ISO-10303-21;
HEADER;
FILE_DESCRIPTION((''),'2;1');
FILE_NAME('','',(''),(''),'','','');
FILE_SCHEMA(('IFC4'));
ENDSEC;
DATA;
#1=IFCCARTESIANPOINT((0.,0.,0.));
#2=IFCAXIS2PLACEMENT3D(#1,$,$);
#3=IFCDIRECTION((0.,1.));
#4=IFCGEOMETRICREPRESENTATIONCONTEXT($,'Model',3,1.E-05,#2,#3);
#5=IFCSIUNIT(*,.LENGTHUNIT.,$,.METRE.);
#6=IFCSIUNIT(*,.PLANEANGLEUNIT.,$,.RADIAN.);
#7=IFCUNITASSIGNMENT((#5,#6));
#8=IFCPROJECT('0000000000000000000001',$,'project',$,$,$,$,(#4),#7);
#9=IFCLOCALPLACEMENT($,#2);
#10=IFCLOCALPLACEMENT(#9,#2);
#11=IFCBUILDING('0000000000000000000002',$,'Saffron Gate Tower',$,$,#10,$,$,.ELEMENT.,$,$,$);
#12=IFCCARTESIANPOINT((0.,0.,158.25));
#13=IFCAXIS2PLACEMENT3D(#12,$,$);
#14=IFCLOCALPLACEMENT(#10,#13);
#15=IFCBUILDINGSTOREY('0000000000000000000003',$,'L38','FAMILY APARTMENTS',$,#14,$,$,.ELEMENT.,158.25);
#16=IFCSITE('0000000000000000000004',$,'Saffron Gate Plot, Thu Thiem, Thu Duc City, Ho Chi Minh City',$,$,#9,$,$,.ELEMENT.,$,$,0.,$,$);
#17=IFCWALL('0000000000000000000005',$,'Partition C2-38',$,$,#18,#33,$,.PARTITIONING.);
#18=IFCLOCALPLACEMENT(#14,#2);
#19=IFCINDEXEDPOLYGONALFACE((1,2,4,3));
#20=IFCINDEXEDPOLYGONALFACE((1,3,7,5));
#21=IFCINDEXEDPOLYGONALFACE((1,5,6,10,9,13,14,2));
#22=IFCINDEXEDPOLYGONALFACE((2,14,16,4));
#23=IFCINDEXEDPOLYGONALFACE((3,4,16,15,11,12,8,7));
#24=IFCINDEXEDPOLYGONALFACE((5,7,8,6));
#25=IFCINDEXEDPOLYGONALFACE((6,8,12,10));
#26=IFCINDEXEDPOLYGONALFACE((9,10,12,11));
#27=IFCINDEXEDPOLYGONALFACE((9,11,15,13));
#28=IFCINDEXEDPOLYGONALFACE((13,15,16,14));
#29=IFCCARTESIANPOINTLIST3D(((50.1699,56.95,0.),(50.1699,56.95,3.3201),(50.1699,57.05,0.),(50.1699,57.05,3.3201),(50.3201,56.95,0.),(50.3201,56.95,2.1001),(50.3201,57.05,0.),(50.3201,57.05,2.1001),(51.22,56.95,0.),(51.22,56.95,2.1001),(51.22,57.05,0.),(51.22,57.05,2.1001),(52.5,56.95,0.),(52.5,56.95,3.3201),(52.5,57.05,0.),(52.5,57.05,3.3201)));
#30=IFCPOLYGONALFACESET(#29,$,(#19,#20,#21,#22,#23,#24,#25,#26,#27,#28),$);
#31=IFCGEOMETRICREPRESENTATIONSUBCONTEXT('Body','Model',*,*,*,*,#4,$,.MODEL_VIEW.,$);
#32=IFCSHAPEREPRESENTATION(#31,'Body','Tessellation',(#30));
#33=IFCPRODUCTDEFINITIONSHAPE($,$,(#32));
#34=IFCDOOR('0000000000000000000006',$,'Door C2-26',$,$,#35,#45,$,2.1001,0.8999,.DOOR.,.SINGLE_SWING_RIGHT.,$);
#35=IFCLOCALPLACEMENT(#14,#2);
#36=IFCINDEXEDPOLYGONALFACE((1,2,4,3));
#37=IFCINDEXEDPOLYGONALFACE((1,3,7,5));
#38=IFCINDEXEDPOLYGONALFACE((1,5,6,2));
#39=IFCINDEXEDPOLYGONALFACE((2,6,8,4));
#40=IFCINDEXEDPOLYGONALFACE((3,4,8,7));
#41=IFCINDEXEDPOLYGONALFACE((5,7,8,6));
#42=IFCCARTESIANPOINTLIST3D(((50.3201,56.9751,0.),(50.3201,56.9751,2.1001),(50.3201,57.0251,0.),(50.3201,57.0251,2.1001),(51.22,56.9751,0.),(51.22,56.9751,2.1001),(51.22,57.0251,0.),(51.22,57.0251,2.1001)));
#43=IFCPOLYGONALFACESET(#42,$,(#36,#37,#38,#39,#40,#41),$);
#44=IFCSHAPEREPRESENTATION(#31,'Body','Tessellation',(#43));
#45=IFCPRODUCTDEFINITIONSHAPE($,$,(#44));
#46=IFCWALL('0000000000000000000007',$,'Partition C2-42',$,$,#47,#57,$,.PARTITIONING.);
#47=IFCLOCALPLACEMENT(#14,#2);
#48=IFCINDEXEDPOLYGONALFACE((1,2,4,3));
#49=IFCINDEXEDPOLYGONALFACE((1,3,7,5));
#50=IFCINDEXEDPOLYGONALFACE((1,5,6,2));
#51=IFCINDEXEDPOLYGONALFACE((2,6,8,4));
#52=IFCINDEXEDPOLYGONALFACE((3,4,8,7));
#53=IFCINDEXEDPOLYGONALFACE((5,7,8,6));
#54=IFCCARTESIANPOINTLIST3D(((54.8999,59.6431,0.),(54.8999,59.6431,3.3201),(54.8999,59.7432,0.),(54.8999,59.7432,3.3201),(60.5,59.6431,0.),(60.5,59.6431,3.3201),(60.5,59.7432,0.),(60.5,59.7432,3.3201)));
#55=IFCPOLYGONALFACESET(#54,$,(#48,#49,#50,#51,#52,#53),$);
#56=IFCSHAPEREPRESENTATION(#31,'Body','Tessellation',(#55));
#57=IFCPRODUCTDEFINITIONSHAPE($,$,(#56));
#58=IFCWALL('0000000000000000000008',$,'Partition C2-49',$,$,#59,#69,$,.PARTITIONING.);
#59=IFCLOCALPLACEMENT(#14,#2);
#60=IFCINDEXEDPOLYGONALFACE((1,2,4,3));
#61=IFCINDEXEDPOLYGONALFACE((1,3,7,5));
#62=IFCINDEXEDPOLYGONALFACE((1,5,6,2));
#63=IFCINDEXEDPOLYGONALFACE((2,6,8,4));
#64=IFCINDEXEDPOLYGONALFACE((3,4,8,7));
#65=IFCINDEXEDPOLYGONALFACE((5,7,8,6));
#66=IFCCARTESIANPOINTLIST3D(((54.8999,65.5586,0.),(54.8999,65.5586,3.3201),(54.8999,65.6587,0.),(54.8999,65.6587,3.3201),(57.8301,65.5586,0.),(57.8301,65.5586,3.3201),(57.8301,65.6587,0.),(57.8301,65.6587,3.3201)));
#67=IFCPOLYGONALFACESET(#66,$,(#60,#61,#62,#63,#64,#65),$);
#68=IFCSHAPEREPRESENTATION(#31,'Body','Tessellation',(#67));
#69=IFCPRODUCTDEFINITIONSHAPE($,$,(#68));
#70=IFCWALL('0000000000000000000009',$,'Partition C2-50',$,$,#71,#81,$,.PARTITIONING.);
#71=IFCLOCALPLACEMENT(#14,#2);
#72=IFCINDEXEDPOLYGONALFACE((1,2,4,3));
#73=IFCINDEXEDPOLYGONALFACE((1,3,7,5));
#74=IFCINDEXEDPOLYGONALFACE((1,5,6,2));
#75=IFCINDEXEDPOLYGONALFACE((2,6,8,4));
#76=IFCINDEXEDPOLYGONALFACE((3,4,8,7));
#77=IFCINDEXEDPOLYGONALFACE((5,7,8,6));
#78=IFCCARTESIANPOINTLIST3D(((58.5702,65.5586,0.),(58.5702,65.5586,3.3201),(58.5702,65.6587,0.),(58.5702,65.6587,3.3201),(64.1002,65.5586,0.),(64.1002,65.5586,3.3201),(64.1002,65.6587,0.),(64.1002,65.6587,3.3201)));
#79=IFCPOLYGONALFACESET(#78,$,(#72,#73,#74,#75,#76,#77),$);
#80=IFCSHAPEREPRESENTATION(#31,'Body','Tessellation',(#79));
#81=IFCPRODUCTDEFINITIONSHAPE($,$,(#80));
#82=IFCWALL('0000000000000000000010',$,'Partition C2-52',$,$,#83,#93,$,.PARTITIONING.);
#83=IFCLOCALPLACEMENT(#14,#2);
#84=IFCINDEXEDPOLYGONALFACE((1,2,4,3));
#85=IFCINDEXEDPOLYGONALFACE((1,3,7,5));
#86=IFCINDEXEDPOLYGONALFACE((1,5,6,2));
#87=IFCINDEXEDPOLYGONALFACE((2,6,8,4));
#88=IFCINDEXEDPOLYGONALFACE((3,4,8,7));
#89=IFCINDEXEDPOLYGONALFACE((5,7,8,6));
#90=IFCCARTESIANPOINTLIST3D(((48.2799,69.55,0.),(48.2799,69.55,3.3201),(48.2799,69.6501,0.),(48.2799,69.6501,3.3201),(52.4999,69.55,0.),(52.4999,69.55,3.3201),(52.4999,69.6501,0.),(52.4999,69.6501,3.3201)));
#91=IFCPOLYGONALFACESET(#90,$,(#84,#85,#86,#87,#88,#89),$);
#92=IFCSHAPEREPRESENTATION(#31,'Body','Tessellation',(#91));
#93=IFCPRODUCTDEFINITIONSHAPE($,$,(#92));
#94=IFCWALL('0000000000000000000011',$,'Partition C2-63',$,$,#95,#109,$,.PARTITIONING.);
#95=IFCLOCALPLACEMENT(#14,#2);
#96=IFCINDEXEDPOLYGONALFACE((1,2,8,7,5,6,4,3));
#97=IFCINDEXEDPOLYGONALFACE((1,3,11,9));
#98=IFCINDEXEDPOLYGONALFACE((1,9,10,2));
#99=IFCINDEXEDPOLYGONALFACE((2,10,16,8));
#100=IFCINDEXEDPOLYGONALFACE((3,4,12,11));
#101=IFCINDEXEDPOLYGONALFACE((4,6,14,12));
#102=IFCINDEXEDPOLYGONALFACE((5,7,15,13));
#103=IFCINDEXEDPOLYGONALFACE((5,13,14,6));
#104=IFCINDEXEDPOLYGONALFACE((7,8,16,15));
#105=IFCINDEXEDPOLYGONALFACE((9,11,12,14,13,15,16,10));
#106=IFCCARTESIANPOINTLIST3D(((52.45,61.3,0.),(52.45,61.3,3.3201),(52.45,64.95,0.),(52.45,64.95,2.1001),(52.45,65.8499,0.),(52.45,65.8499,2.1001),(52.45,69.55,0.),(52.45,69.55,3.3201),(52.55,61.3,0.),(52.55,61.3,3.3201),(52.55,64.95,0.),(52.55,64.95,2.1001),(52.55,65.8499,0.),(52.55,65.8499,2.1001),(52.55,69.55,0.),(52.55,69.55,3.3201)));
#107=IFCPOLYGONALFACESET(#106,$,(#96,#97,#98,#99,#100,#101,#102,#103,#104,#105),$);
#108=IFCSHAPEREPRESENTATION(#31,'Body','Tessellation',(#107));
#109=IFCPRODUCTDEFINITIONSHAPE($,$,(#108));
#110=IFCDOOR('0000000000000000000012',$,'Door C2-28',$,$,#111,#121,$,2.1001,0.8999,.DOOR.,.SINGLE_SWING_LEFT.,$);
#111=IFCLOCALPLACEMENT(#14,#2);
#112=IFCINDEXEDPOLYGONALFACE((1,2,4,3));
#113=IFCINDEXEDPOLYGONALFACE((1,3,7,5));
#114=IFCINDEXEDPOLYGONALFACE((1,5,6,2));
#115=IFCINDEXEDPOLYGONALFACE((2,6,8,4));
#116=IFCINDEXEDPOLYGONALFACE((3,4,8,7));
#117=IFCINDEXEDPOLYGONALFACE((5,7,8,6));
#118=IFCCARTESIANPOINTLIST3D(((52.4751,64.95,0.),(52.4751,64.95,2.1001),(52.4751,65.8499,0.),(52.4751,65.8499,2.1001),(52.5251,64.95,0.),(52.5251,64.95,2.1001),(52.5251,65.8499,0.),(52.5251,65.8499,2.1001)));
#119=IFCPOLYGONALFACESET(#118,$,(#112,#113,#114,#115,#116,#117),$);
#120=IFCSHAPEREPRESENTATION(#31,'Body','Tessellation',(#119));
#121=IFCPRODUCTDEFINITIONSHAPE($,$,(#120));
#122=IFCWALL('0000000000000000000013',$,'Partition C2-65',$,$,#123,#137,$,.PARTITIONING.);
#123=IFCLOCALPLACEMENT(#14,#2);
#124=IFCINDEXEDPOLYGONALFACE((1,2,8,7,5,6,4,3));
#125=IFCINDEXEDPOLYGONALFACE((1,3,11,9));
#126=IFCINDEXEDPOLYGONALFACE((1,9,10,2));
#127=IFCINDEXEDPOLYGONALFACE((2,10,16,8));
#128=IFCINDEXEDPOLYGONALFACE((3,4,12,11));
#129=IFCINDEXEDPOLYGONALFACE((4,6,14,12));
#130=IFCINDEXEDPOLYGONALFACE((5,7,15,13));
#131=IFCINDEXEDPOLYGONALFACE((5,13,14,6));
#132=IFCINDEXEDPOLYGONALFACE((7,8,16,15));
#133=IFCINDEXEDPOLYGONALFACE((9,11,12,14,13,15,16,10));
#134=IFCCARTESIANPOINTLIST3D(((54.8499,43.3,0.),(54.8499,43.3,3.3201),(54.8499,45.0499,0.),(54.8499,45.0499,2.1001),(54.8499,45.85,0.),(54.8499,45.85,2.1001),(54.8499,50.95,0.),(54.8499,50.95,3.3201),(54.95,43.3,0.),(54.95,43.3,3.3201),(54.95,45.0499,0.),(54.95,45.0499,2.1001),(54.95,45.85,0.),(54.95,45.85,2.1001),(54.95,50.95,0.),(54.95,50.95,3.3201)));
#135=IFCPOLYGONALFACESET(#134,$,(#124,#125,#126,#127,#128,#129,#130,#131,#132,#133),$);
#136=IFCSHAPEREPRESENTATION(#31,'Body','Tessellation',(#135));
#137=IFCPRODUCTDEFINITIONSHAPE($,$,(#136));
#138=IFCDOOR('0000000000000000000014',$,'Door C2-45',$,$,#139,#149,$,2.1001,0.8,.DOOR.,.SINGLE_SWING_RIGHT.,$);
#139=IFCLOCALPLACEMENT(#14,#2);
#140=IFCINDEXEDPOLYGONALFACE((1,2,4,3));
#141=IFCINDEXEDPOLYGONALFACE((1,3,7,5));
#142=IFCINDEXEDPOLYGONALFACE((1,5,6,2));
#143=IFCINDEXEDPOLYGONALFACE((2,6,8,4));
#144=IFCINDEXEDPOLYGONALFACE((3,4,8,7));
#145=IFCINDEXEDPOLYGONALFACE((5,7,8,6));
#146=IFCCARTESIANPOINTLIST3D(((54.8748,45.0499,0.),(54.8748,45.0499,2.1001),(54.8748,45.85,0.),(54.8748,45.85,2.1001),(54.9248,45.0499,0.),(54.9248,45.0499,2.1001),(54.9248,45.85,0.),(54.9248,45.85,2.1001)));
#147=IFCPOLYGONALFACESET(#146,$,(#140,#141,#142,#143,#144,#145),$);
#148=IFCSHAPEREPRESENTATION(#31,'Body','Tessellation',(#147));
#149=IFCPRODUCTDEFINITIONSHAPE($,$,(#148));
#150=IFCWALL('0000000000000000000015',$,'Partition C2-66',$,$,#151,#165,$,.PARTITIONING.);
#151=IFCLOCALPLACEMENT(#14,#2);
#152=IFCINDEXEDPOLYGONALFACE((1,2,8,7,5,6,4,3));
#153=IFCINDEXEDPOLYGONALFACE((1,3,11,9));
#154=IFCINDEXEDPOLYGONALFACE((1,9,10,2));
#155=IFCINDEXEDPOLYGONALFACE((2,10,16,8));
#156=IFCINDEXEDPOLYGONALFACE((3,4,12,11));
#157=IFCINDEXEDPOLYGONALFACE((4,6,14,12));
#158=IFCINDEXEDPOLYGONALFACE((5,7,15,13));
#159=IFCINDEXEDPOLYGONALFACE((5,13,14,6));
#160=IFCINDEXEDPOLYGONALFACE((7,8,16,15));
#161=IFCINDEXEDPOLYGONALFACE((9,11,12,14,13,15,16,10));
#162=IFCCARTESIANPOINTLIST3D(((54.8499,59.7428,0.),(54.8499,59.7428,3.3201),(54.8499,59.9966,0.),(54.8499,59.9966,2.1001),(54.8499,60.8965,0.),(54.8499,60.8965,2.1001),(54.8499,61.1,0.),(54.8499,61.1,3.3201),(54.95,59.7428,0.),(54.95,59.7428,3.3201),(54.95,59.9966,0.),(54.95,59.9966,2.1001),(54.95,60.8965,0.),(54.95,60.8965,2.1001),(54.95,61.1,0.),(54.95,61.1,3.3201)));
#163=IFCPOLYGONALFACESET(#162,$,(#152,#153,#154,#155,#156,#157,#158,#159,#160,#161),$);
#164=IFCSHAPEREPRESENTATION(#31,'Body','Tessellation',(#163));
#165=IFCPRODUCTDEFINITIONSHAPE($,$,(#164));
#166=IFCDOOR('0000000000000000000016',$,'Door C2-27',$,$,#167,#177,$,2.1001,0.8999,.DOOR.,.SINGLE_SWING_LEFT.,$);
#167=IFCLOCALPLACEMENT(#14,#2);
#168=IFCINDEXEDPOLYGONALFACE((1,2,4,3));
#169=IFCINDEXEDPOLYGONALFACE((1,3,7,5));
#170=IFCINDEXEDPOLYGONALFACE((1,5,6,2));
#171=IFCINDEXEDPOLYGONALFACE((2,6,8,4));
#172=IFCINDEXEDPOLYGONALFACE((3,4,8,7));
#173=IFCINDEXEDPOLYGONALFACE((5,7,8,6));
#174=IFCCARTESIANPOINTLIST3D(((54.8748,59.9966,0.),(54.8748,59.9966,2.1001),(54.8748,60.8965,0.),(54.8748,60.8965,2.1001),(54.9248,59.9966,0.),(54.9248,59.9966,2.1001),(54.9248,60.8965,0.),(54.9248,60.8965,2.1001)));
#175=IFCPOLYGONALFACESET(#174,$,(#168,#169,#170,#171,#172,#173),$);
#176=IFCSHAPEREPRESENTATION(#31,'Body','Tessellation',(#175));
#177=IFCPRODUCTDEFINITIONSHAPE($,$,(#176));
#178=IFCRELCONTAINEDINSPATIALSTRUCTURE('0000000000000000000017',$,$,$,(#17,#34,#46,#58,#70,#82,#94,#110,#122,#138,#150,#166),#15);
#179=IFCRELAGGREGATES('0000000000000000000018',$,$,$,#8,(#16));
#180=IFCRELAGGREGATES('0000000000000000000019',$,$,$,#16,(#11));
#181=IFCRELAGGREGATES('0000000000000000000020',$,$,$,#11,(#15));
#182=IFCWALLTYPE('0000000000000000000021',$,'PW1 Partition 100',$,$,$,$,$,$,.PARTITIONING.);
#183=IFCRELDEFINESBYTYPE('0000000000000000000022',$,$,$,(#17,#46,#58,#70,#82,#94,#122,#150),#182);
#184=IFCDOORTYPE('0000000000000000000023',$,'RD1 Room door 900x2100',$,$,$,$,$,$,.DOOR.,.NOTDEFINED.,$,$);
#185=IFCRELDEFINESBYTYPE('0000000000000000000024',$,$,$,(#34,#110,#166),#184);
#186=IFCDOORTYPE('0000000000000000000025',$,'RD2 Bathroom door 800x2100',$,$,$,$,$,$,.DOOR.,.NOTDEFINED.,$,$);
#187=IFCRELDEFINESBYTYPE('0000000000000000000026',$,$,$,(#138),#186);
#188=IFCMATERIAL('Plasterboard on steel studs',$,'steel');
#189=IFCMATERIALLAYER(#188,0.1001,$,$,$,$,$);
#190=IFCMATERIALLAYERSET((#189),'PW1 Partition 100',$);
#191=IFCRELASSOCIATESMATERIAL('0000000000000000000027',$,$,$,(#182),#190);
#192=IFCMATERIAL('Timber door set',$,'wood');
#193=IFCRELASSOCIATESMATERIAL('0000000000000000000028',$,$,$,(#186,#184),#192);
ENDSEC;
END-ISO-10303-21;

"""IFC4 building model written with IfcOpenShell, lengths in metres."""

from ifc_helpers import new_model, si_unit, direction, frame, frame_2d, origin, place, context, subcontext, project, spatial, rectangle, extrude, material, layer, layer_set, type_object, element, fill, save


model = new_model("IFC4")

# Units and contexts
model_context = context("Model", 3, precision=1e-05, world=origin(), true_north=direction((0.0, 1.0)))
body_context = subcontext(model_context, "Body", "Model", "MODEL_VIEW")
ifc_project = project(units=[si_unit("LENGTHUNIT", "METRE"), si_unit("PLANEANGLEUNIT", "RADIAN")], contexts=[model_context])

# Site, building, storey
site_placement = place(None, origin())
site = spatial("IfcSite", under=ifc_project, at=site_placement, Name="Saffron Gate Plot, Thu Thiem, Thu Duc City, Ho Chi Minh City", CompositionType="ELEMENT", RefElevation=0.0)
building_placement = place(site_placement, origin())
building = spatial("IfcBuilding", under=site, at=building_placement, Name="Saffron Gate Tower", CompositionType="ELEMENT")
storey_placement = place(building_placement, frame((0.0, 0.0, 158.25)))
storey = spatial("IfcBuildingStorey", under=building, at=storey_placement, Name="L38", Description="FAMILY APARTMENTS", CompositionType="ELEMENT", Elevation=158.25)

# Shared definitions
ifc_material_1 = material(Name="Plasterboard on steel studs", Category="steel")
ifc_layer_1 = layer(ifc_material_1, 0.1001)
ifc_layer_set_1 = layer_set([ifc_layer_1], Name="PW1 Partition 100")
wall_type_1 = type_object("IfcWallType", Name="PW1 Partition 100", PredefinedType="PARTITIONING", material=ifc_layer_set_1)

# Shared definitions
ifc_material_2 = material(Name="Timber door set", Category="wood")
door_type_1 = type_object("IfcDoorType", Name="RD2 Bathroom door 800x2100", OperationType="NOTDEFINED", PredefinedType="DOOR", material=ifc_material_2)

# Wall, opening, door
wall_1_placement = place(storey_placement, frame((52.5, 57.0, 0.0), z_axis=(0.0, 0.0, 1.0), x_axis=(-1.0, 0.0, 0.0)))
wall_1 = element("IfcWall", 1, at=wall_1_placement, inside=storey, type_object=wall_type_1, Name="Partition C2-38", PredefinedType="PARTITIONING", context=body_context, shape_type="SweptSolid", body=[
    extrude(rectangle(XDim=2.3301, YDim=0.1001, at=frame_2d((1.165, 0.0))), origin(), (0.0, 0.0, 1.0), 3.3201),
])
opening_1_placement = place(wall_1_placement, frame((1.28, 0.0, 0.0)))
opening_1 = element("IfcOpeningElement", 2, at=opening_1_placement, cuts=wall_1, PredefinedType="OPENING", context=body_context, shape_type="SweptSolid", body=[
    extrude(rectangle(XDim=0.8999, YDim=2.1001, at=frame_2d((0.45, 1.05))), frame((0.0, 0.0601, 0.0), z_axis=(0.0, -1.0, 0.0), x_axis=(1.0, 0.0, 0.0)), (0.0, 0.0, 1.0), 0.1201),
])
door_type_2 = type_object("IfcDoorType", Name="RD1 Room door 900x2100", OperationType="NOTDEFINED", PredefinedType="DOOR", material=ifc_material_2)
door_1_placement = place(opening_1_placement, origin())
door_1 = element("IfcDoor", 3, at=door_1_placement, inside=storey, type_object=door_type_2, Name="Door C2-26", OperationType="SINGLE_SWING_RIGHT", OverallHeight=2.1001, OverallWidth=0.8999, PredefinedType="DOOR", context=body_context, shape_type="SweptSolid", body=[
    extrude(rectangle(XDim=0.8999, YDim=2.1001, at=frame_2d((0.45, 1.05))), frame((0.0, 0.0249, 0.0), z_axis=(0.0, -1.0, 0.0), x_axis=(1.0, 0.0, 0.0)), (0.0, 0.0, 1.0), 0.05),
])
fill(opening_1, door_1)

# Walls
wall_2_placement = place(storey_placement, frame((54.8999, 59.6931, 0.0), z_axis=(0.0, 0.0, 1.0), x_axis=(1.0, 0.0, 0.0)))
element("IfcWall", 4, at=wall_2_placement, inside=storey, type_object=wall_type_1, Name="Partition C2-42", PredefinedType="PARTITIONING", context=body_context, shape_type="SweptSolid", body=[
    extrude(rectangle(XDim=5.6001, YDim=0.1001, at=frame_2d((2.8, 0.0))), origin(), (0.0, 0.0, 1.0), 3.3201),
])
wall_3_placement = place(storey_placement, frame((54.8999, 65.6086, 0.0), z_axis=(0.0, 0.0, 1.0), x_axis=(1.0, 0.0, 0.0)))
element("IfcWall", 5, at=wall_3_placement, inside=storey, type_object=wall_type_1, Name="Partition C2-49", PredefinedType="PARTITIONING", context=body_context, shape_type="SweptSolid", body=[
    extrude(rectangle(XDim=2.9302, YDim=0.1001, at=frame_2d((1.4651, 0.0))), origin(), (0.0, 0.0, 1.0), 3.3201),
])
wall_4_placement = place(storey_placement, frame((58.5701, 65.6086, 0.0), z_axis=(0.0, 0.0, 1.0), x_axis=(1.0, 0.0, 0.0)))
element("IfcWall", 6, at=wall_4_placement, inside=storey, type_object=wall_type_1, Name="Partition C2-50", PredefinedType="PARTITIONING", context=body_context, shape_type="SweptSolid", body=[
    extrude(rectangle(XDim=5.53, YDim=0.1001, at=frame_2d((2.7651, 0.0))), origin(), (0.0, 0.0, 1.0), 3.3201),
])
wall_5_placement = place(storey_placement, frame((48.28, 69.6001, 0.0), z_axis=(0.0, 0.0, 1.0), x_axis=(1.0, 0.0, 0.0)))
element("IfcWall", 7, at=wall_5_placement, inside=storey, type_object=wall_type_1, Name="Partition C2-52", PredefinedType="PARTITIONING", context=body_context, shape_type="SweptSolid", body=[
    extrude(rectangle(XDim=4.22, YDim=0.1001, at=frame_2d((2.1099, 0.0))), origin(), (0.0, 0.0, 1.0), 3.3201),
])

# Walls, openings, doors
wall_6_placement = place(storey_placement, frame((52.5, 61.3, 0.0), z_axis=(0.0, 0.0, 1.0), x_axis=(0.0, 1.0, 0.0)))
wall_6 = element("IfcWall", 8, at=wall_6_placement, inside=storey, type_object=wall_type_1, Name="Partition C2-63", PredefinedType="PARTITIONING", context=body_context, shape_type="SweptSolid", body=[
    extrude(rectangle(XDim=8.25, YDim=0.1001, at=frame_2d((4.125, 0.0))), origin(), (0.0, 0.0, 1.0), 3.3201),
])
opening_2_placement = place(wall_6_placement, frame((3.6499, 0.0, 0.0)))
opening_2 = element("IfcOpeningElement", 9, at=opening_2_placement, cuts=wall_6, PredefinedType="OPENING", context=body_context, shape_type="SweptSolid", body=[
    extrude(rectangle(XDim=0.8999, YDim=2.1001, at=frame_2d((0.45, 1.05))), frame((0.0, 0.0601, 0.0), z_axis=(0.0, -1.0, 0.0), x_axis=(1.0, 0.0, 0.0)), (0.0, 0.0, 1.0), 0.1201),
])
door_2_placement = place(opening_2_placement, origin())
door_2 = element("IfcDoor", 10, at=door_2_placement, inside=storey, type_object=door_type_2, Name="Door C2-28", OperationType="SINGLE_SWING_LEFT", OverallHeight=2.1001, OverallWidth=0.8999, PredefinedType="DOOR", context=body_context, shape_type="SweptSolid", body=[
    extrude(rectangle(XDim=0.8999, YDim=2.1001, at=frame_2d((0.45, 1.05))), frame((0.0, 0.0249, 0.0), z_axis=(0.0, -1.0, 0.0), x_axis=(1.0, 0.0, 0.0)), (0.0, 0.0, 1.0), 0.05),
])
fill(opening_2, door_2)
wall_7_placement = place(storey_placement, frame((54.8999, 50.95, 0.0), z_axis=(0.0, 0.0, 1.0), x_axis=(0.0, -1.0, 0.0)))
wall_7 = element("IfcWall", 11, at=wall_7_placement, inside=storey, type_object=wall_type_1, Name="Partition C2-65", PredefinedType="PARTITIONING", context=body_context, shape_type="SweptSolid", body=[
    extrude(rectangle(XDim=7.6499, YDim=0.1001, at=frame_2d((3.825, 0.0))), origin(), (0.0, 0.0, 1.0), 3.3201),
])
opening_3_placement = place(wall_7_placement, frame((5.1001, 0.0, 0.0)))
opening_3 = element("IfcOpeningElement", 12, at=opening_3_placement, cuts=wall_7, PredefinedType="OPENING", context=body_context, shape_type="SweptSolid", body=[
    extrude(rectangle(XDim=0.8, YDim=2.1001, at=frame_2d((0.3999, 1.05))), frame((0.0, 0.0601, 0.0), z_axis=(0.0, -1.0, 0.0), x_axis=(1.0, 0.0, 0.0)), (0.0, 0.0, 1.0), 0.1201),
])
door_3_placement = place(opening_3_placement, origin())
door_3 = element("IfcDoor", 13, at=door_3_placement, inside=storey, type_object=door_type_1, Name="Door C2-45", OperationType="SINGLE_SWING_RIGHT", OverallHeight=2.1001, OverallWidth=0.8, PredefinedType="DOOR", context=body_context, shape_type="SweptSolid", body=[
    extrude(rectangle(XDim=0.8, YDim=2.1001, at=frame_2d((0.3999, 1.05))), frame((0.0, 0.0249, 0.0), z_axis=(0.0, -1.0, 0.0), x_axis=(1.0, 0.0, 0.0)), (0.0, 0.0, 1.0), 0.05),
])
fill(opening_3, door_3)
wall_8_placement = place(storey_placement, frame((54.8999, 61.1001, 0.0), z_axis=(0.0, 0.0, 1.0), x_axis=(0.0, -1.0, 0.0)))
wall_8 = element("IfcWall", 14, at=wall_8_placement, inside=storey, type_object=wall_type_1, Name="Partition C2-66", PredefinedType="PARTITIONING", context=body_context, shape_type="SweptSolid", body=[
    extrude(rectangle(XDim=1.3572, YDim=0.1001, at=frame_2d((0.6787, 0.0))), origin(), (0.0, 0.0, 1.0), 3.3201),
])
opening_4_placement = place(wall_8_placement, frame((0.2036, 0.0, 0.0)))
opening_4 = element("IfcOpeningElement", 15, at=opening_4_placement, cuts=wall_8, PredefinedType="OPENING", context=body_context, shape_type="SweptSolid", body=[
    extrude(rectangle(XDim=0.8999, YDim=2.1001, at=frame_2d((0.45, 1.05))), frame((0.0, 0.0601, 0.0), z_axis=(0.0, -1.0, 0.0), x_axis=(1.0, 0.0, 0.0)), (0.0, 0.0, 1.0), 0.1201),
])
door_4_placement = place(opening_4_placement, origin())
door_4 = element("IfcDoor", 16, at=door_4_placement, inside=storey, type_object=door_type_2, Name="Door C2-27", OperationType="SINGLE_SWING_LEFT", OverallHeight=2.1001, OverallWidth=0.8999, PredefinedType="DOOR", context=body_context, shape_type="SweptSolid", body=[
    extrude(rectangle(XDim=0.8999, YDim=2.1001, at=frame_2d((0.45, 1.05))), frame((0.0, 0.0249, 0.0), z_axis=(0.0, -1.0, 0.0), x_axis=(1.0, 0.0, 0.0)), (0.0, 0.0, 1.0), 0.05),
])
fill(opening_4, door_4)

save(model, "model.ifc")
